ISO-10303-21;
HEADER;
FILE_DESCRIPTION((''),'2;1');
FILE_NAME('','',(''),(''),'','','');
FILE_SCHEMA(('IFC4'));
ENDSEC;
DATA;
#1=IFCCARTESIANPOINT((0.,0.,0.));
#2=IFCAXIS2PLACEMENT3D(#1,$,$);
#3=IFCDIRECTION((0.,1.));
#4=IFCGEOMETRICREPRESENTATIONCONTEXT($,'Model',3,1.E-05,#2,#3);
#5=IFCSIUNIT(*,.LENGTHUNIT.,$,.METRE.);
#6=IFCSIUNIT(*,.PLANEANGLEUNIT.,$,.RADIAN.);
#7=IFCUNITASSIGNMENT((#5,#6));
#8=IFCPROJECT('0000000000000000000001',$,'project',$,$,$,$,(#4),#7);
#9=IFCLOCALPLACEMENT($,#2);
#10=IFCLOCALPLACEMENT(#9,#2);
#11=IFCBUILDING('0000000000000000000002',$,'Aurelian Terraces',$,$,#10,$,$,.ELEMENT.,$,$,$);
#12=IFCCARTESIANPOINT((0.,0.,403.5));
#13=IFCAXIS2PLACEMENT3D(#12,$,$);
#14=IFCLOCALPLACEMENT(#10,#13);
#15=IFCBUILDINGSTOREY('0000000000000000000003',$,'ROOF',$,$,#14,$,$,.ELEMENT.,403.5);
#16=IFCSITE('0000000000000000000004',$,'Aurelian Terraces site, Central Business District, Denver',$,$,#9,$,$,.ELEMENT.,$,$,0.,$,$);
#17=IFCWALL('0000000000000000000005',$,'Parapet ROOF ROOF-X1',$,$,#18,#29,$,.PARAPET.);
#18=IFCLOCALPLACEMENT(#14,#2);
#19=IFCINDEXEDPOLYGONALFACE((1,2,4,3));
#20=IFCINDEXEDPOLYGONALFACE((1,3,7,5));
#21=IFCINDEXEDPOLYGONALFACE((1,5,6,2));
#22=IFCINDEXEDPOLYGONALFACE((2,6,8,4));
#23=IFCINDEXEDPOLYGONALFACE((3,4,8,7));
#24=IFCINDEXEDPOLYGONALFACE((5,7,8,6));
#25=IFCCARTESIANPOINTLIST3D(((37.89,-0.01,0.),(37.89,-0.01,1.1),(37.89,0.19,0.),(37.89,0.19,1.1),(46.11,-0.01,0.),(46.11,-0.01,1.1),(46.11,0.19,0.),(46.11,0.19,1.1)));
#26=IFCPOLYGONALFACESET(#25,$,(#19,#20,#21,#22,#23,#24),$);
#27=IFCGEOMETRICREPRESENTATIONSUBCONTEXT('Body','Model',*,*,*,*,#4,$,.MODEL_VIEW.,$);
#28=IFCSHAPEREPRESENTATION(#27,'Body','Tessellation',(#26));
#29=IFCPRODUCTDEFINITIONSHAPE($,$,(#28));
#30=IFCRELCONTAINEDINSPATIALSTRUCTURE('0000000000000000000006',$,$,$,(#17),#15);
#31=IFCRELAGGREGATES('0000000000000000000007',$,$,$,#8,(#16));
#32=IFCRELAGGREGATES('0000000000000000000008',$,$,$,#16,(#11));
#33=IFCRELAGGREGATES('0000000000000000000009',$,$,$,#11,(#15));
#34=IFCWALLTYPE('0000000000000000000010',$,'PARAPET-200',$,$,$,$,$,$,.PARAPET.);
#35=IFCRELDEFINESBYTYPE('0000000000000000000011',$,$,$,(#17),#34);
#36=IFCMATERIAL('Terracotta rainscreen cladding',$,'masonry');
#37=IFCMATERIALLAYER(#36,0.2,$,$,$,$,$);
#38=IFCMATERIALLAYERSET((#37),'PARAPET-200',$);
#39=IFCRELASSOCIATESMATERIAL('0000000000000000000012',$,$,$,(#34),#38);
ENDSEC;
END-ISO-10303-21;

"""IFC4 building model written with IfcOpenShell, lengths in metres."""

from ifc_helpers import new_model, si_unit, direction, frame, frame_2d, origin, place, context, subcontext, project, spatial, rectangle, extrude, source, transform, mapped, material, layer, layer_set, type_object, element, save


model = new_model("IFC4")

# Units and contexts
model_context = context("Model", 3, precision=1e-05, world=origin(), true_north=direction((0.0, 1.0)))
body_context = subcontext(model_context, "Body", "Model", "MODEL_VIEW")
ifc_project = project(units=[si_unit("LENGTHUNIT", "METRE"), si_unit("PLANEANGLEUNIT", "RADIAN")], contexts=[model_context])

# Site, building, storey
site_placement = place(None, origin())
site = spatial("IfcSite", under=ifc_project, at=site_placement, Name="Aurelian Terraces site, Central Business District, Denver", CompositionType="ELEMENT", RefElevation=0.0)
building_placement = place(site_placement, origin())
building = spatial("IfcBuilding", under=site, at=building_placement, Name="Aurelian Terraces", CompositionType="ELEMENT")
storey_placement = place(building_placement, frame((0.0, 0.0, 403.5)))
storey = spatial("IfcBuildingStorey", under=building, at=storey_placement, Name="ROOF", CompositionType="ELEMENT", Elevation=403.5)

# Wall
ifc_material_1 = material(Name="Terracotta rainscreen cladding", Category="masonry")
ifc_layer_1 = layer(ifc_material_1, 0.2)
ifc_layer_set_1 = layer_set([ifc_layer_1], Name="PARAPET-200")
wall_type_1 = type_object("IfcWallType", Name="PARAPET-200", PredefinedType="PARAPET", material=ifc_layer_set_1)
shared_shape_1 = source(origin(), body_context, "Body", "SweptSolid", [
    extrude(rectangle(XDim=8.22, YDim=0.2, at=frame_2d((4.11, 0.0))), origin(), (0.0, 0.0, 1.0), 1.1),
])
wall_1_placement = place(storey_placement, frame((46.11, 0.09, 0.0), z_axis=(0.0, 0.0, 1.0), x_axis=(-1.0, 0.0, 0.0)))
element("IfcWall", 1, at=wall_1_placement, inside=storey, type_object=wall_type_1, Name="Parapet ROOF ROOF-X1", PredefinedType="PARAPET", context=body_context, shape_type="MappedRepresentation", body=[
    mapped(shared_shape_1, transform((0.0, 0.0, 0.0), scale=1.0)),
])

save(model, "model.ifc")
